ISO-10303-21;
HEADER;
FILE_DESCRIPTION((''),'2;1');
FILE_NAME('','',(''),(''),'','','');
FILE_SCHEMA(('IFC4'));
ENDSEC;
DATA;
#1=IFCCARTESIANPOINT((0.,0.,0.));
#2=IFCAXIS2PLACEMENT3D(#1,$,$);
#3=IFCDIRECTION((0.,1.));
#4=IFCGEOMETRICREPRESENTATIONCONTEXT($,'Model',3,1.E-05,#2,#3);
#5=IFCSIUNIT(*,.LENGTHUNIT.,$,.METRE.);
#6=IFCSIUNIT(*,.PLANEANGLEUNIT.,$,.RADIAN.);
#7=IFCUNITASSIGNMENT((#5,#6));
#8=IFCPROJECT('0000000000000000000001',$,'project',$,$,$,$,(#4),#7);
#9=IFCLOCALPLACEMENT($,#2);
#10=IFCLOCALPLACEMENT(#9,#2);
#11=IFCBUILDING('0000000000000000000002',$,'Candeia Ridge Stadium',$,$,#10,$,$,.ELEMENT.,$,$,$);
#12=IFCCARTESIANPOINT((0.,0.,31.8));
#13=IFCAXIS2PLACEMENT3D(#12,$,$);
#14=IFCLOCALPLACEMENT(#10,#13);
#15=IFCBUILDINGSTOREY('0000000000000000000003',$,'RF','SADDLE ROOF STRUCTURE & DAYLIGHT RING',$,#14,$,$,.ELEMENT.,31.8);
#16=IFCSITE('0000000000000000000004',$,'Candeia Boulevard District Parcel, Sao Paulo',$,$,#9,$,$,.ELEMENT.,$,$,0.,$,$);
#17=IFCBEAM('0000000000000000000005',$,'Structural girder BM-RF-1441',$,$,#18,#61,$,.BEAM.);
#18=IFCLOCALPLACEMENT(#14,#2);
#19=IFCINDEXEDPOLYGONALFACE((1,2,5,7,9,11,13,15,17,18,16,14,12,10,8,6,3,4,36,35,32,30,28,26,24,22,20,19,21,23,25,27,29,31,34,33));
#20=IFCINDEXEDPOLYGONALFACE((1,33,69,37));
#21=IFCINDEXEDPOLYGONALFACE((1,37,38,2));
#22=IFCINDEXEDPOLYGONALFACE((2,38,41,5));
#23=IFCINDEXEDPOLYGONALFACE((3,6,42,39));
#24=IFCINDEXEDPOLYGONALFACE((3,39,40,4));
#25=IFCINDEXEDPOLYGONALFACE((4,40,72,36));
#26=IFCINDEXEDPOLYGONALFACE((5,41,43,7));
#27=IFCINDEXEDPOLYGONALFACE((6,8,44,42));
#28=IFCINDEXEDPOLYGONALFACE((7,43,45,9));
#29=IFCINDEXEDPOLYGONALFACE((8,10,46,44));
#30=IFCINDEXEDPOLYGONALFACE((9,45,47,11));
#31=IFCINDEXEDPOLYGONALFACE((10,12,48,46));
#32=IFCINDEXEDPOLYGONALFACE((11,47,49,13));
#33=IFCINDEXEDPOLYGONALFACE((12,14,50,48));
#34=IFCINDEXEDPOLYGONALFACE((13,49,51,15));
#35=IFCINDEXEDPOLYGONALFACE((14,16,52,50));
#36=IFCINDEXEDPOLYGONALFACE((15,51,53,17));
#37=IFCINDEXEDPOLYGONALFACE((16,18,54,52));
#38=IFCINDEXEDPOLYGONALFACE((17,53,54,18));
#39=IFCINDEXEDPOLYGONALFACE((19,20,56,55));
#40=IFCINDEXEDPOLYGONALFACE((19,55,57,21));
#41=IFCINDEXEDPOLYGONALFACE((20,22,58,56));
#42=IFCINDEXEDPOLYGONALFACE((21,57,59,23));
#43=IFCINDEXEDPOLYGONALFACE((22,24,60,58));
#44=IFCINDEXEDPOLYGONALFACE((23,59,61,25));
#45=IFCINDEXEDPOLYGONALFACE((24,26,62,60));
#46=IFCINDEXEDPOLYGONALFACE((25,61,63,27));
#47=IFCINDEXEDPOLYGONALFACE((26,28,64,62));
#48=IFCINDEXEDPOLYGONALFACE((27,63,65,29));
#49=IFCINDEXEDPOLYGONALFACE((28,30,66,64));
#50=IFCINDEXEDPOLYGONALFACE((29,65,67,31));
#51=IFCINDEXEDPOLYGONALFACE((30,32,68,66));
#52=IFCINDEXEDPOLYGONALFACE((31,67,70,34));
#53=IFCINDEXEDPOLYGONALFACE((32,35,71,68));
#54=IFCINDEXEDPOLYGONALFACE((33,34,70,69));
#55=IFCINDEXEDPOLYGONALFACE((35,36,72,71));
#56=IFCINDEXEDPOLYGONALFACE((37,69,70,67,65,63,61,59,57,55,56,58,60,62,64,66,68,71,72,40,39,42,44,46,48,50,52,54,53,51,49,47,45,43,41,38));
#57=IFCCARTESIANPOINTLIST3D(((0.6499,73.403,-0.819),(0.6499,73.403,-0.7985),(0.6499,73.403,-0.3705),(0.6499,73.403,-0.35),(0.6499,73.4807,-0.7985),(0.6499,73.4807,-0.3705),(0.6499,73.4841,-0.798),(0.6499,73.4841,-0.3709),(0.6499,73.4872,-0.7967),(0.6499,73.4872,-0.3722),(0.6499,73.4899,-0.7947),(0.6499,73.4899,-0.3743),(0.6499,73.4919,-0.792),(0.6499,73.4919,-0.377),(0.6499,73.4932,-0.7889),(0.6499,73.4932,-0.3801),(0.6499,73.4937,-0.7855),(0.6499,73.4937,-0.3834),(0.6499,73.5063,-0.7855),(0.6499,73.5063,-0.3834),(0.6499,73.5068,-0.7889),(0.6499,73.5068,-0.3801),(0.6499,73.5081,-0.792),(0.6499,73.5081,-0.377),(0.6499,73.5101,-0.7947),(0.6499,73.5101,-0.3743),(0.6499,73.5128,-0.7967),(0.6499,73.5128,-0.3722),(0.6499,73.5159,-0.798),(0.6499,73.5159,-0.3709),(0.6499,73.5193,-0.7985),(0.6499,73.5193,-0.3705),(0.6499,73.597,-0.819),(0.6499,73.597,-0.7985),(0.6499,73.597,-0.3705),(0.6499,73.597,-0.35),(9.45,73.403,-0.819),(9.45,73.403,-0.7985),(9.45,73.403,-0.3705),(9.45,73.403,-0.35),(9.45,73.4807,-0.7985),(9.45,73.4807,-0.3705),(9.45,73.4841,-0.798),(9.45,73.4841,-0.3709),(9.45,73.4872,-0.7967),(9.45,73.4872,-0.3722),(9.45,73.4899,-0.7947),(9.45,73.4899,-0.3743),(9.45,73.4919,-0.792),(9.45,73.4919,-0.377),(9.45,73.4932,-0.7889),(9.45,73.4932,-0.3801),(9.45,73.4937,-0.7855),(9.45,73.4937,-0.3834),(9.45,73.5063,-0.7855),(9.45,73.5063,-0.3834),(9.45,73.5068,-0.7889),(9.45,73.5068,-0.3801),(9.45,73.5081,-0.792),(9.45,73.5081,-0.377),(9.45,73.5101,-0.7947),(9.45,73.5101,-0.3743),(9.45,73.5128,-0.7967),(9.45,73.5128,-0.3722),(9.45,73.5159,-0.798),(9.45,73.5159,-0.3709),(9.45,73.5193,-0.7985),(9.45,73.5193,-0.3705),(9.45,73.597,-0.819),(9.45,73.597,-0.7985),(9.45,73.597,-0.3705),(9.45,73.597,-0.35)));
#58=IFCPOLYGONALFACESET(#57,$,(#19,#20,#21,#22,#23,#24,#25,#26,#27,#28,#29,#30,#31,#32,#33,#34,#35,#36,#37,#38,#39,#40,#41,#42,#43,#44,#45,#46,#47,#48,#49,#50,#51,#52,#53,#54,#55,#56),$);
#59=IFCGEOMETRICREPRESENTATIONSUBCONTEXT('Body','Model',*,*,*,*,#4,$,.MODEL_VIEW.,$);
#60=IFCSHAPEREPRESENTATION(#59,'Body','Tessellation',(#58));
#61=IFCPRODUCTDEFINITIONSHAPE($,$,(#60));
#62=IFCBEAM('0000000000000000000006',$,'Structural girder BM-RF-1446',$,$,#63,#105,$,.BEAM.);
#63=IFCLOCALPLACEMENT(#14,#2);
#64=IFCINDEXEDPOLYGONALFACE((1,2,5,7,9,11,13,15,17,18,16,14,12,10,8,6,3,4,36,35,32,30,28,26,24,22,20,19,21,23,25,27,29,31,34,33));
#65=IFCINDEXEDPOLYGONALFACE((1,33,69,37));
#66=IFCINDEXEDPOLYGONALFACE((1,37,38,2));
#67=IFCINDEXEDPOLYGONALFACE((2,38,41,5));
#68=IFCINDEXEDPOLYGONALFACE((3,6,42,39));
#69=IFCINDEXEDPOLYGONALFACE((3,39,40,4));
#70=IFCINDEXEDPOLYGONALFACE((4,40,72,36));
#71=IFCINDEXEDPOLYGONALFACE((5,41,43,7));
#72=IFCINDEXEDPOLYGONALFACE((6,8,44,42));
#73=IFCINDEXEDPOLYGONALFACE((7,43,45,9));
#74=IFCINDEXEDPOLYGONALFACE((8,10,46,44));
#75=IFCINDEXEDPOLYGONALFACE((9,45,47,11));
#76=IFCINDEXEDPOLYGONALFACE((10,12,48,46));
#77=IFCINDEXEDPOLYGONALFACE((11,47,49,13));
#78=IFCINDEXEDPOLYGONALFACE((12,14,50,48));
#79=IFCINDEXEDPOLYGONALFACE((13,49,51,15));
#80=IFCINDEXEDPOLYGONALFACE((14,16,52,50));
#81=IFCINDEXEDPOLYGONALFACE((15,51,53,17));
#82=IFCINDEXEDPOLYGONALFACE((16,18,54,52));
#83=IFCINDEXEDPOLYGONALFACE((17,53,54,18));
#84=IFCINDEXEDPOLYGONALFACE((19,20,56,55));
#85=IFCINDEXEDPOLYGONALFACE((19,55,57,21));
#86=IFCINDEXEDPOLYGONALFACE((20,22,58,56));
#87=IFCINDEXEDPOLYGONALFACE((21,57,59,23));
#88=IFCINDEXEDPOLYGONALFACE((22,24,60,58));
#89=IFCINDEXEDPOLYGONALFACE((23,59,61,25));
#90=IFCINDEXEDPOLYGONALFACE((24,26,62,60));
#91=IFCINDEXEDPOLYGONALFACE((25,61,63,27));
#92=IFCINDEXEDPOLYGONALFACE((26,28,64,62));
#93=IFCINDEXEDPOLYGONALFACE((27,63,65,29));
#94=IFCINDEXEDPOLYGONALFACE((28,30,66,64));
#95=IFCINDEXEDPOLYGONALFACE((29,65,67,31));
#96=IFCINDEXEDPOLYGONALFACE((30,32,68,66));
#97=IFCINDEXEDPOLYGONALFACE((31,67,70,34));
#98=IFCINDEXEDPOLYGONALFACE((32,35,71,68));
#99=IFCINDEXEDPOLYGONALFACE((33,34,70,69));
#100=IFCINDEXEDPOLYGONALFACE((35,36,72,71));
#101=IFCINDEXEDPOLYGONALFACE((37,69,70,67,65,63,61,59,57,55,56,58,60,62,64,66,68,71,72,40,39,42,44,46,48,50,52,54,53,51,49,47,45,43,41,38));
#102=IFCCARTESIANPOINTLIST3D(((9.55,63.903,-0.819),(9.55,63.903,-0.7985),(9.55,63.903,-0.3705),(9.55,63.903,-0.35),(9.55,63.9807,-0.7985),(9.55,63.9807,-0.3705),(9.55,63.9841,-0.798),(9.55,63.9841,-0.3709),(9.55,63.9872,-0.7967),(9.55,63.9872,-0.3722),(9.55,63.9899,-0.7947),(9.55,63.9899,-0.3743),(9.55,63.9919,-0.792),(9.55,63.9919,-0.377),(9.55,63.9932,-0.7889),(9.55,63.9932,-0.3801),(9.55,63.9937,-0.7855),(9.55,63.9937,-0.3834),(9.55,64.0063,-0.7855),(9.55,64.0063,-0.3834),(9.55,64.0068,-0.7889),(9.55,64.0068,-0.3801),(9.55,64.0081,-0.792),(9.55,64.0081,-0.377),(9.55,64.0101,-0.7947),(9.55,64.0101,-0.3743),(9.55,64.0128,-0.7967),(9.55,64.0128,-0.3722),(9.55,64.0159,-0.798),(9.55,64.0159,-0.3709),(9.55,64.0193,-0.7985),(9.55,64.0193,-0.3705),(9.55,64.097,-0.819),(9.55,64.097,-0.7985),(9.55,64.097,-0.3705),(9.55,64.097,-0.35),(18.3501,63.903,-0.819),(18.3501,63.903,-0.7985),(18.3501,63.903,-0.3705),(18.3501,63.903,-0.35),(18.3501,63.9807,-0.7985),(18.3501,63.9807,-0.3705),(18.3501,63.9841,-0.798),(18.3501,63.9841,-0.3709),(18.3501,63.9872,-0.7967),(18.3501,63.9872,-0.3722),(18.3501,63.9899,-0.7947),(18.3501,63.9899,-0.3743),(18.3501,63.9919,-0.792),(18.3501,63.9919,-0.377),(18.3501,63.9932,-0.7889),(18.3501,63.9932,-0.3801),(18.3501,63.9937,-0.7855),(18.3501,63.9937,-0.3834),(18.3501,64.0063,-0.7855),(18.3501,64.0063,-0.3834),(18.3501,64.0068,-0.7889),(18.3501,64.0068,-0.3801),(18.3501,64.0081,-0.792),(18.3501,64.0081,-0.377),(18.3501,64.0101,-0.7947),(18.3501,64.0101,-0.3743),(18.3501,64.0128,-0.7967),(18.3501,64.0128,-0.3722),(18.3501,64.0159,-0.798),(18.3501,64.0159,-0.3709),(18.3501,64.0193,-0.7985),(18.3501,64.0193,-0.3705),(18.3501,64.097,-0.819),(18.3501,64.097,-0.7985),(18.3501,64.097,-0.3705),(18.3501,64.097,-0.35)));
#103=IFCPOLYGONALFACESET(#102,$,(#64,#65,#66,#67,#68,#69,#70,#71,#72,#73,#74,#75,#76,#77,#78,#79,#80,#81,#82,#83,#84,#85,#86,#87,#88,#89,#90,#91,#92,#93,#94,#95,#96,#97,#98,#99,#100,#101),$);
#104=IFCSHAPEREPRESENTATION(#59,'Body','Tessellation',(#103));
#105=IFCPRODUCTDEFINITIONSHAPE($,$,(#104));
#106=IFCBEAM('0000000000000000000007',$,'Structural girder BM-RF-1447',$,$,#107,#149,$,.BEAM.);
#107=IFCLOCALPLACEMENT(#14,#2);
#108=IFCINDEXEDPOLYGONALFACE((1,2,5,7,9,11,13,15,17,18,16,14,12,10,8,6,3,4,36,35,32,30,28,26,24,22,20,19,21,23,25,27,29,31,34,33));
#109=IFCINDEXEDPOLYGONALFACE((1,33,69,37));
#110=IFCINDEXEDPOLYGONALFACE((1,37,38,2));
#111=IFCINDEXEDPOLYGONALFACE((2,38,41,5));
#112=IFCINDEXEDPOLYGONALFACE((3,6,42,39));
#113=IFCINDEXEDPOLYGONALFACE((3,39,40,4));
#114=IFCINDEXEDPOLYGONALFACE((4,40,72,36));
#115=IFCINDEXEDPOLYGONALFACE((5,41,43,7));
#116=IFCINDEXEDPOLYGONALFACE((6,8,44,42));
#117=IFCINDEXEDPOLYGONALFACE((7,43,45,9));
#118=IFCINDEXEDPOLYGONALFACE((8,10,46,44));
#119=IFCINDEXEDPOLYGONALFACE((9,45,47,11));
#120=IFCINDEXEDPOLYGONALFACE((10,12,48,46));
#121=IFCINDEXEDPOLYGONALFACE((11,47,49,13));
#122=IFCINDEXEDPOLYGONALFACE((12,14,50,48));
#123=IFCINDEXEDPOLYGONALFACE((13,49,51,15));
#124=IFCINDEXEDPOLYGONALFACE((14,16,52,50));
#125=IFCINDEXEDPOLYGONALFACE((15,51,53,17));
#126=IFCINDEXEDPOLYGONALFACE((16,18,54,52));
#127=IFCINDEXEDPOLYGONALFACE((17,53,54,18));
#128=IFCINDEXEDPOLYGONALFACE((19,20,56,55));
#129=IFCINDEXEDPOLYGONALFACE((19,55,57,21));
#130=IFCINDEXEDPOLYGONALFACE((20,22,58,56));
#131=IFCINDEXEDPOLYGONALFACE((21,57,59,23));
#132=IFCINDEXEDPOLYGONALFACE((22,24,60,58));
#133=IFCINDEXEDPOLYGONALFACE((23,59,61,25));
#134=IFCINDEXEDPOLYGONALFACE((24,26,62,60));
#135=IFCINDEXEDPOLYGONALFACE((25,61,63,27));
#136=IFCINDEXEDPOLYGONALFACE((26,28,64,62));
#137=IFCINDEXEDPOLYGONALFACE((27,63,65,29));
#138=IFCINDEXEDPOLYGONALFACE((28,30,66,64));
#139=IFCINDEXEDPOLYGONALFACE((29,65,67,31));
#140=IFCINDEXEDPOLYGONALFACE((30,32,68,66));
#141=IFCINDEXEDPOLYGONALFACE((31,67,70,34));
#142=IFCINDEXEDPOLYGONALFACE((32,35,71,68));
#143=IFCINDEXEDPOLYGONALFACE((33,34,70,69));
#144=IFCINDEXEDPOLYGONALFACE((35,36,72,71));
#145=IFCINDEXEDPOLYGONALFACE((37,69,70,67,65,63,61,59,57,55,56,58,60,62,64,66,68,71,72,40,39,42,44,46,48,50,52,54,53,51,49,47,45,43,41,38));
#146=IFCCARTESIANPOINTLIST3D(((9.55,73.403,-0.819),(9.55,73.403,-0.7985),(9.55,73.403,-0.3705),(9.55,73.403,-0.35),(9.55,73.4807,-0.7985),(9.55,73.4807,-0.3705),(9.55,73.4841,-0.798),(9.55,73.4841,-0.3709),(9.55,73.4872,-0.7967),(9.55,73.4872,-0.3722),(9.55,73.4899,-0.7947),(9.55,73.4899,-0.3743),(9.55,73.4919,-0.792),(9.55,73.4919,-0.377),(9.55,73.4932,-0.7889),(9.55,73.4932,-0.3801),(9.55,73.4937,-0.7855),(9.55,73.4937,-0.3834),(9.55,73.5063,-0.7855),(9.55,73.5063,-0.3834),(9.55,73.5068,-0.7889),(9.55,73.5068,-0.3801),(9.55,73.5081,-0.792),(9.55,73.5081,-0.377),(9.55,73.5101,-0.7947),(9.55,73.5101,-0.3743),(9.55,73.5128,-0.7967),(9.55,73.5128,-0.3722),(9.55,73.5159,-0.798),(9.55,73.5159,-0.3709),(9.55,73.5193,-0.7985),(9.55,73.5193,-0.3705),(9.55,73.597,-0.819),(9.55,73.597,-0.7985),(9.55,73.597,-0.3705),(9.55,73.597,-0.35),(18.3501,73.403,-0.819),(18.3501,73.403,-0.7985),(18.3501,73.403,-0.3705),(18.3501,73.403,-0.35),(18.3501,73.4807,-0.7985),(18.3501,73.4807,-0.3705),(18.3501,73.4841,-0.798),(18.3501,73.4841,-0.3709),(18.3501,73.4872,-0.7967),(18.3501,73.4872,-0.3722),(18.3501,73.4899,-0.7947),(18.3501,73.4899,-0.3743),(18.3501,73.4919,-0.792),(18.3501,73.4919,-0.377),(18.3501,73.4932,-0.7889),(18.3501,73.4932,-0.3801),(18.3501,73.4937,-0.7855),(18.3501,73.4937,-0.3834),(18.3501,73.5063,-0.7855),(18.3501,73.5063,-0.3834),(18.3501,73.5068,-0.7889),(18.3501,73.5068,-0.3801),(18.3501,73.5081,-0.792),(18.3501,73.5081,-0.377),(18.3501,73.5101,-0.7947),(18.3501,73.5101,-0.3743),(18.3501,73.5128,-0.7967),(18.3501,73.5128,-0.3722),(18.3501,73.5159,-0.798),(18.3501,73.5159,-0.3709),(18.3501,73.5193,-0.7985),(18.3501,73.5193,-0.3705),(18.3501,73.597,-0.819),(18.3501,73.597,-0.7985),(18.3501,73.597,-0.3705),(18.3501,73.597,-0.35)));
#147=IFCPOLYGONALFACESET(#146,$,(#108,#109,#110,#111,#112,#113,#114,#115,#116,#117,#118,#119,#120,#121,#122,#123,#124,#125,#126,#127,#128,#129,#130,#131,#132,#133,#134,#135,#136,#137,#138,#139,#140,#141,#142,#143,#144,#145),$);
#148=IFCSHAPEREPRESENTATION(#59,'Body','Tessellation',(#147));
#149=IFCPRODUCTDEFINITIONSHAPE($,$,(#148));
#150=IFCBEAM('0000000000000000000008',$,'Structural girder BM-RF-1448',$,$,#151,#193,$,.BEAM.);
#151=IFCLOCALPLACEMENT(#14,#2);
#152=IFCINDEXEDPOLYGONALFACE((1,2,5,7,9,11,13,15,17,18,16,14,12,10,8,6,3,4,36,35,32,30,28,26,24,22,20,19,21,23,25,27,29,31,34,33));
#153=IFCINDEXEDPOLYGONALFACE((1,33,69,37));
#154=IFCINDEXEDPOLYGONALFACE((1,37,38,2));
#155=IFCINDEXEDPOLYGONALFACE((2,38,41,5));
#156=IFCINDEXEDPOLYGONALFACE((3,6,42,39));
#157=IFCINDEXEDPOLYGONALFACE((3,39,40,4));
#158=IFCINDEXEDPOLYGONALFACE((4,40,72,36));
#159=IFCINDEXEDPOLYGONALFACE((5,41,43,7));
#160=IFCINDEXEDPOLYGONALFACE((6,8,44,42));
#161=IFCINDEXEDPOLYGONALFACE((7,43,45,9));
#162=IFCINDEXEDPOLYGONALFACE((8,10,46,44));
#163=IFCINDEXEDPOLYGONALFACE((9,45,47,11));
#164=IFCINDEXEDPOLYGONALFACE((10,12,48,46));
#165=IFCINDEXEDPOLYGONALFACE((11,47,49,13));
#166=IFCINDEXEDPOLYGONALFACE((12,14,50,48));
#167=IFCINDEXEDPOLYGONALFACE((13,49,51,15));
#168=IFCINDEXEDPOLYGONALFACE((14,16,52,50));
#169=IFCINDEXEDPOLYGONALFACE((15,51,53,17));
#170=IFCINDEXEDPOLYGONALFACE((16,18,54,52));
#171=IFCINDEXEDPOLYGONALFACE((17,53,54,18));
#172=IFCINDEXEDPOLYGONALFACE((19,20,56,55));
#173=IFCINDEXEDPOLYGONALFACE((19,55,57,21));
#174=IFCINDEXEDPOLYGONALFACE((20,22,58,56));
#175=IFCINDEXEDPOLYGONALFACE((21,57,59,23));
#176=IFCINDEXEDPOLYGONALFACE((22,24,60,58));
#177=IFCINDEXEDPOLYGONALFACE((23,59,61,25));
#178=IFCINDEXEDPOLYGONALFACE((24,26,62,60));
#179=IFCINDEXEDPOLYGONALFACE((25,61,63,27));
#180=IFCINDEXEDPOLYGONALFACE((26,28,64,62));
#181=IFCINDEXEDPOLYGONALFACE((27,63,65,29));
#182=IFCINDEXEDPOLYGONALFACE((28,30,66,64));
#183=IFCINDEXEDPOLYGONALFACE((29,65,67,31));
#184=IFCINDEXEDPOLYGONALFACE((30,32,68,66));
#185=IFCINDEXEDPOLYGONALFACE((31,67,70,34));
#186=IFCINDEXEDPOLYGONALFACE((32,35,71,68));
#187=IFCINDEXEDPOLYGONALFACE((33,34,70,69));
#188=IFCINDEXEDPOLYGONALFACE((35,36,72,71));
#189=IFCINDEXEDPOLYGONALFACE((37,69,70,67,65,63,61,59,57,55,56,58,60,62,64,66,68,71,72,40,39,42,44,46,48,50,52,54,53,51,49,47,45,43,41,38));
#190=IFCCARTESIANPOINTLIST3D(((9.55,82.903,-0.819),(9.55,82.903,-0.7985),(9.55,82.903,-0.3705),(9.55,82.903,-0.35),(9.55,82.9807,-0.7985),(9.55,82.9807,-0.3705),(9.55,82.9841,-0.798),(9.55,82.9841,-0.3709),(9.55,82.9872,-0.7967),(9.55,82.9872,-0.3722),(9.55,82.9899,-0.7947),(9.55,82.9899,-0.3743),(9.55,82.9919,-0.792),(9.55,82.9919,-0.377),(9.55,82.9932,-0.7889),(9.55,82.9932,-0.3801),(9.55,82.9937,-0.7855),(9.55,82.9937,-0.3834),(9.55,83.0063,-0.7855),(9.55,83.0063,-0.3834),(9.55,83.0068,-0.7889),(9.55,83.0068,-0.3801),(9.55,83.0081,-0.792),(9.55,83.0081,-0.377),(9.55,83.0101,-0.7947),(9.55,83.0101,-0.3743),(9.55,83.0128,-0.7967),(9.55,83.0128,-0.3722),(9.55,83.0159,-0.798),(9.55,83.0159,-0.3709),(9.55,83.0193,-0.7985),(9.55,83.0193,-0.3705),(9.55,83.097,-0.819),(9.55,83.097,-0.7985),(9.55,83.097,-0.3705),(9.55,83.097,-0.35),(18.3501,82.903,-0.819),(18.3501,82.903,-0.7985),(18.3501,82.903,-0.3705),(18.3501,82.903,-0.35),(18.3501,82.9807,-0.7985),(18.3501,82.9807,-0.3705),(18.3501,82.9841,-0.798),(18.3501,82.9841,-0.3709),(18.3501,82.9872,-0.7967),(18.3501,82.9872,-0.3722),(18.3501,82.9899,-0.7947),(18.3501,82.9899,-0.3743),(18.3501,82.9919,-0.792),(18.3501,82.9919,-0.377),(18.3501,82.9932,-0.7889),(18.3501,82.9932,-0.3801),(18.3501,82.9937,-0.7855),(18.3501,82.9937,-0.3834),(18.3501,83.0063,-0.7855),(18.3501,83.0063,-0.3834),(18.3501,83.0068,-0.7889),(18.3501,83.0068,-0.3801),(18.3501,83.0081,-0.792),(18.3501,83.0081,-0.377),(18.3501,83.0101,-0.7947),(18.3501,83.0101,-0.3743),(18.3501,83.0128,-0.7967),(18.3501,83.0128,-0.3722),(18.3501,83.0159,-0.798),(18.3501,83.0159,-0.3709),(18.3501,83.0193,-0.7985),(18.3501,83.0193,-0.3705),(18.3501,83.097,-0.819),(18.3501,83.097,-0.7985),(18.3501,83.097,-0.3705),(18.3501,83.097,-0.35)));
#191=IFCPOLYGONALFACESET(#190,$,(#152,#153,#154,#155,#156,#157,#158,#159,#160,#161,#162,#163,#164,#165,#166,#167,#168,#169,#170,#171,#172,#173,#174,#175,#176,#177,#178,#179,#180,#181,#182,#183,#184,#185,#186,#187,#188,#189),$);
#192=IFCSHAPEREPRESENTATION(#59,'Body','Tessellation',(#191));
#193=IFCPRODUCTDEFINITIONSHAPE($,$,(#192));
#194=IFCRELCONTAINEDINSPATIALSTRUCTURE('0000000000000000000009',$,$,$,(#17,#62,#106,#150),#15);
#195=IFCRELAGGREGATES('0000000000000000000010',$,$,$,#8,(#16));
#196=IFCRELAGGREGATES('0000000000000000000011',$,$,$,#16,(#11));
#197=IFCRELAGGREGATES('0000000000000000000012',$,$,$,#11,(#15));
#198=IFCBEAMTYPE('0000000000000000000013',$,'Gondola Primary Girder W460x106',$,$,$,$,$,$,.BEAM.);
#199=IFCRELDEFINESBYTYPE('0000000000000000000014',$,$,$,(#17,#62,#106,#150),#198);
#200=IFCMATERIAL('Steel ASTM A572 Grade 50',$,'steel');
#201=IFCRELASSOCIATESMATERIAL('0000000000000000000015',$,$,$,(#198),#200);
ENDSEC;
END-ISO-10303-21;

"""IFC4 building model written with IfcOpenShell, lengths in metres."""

from ifc_helpers import new_model, si_unit, direction, frame, origin, origin_2d, place, context, subcontext, project, spatial, i_section, extrude, material, material_profile, profile_set, type_object, element, save


model = new_model("IFC4")

# Units and contexts
model_context = context("Model", 3, precision=1e-05, world=origin(), true_north=direction((0.0, 1.0)))
body_context = subcontext(model_context, "Body", "Model", "MODEL_VIEW")
ifc_project = project(units=[si_unit("LENGTHUNIT", "METRE"), si_unit("PLANEANGLEUNIT", "RADIAN")], contexts=[model_context])

# Site, building, storey
site_placement = place(None, origin())
site = spatial("IfcSite", under=ifc_project, at=site_placement, Name="Candeia Boulevard District Parcel, Sao Paulo", CompositionType="ELEMENT", RefElevation=0.0)
building_placement = place(site_placement, origin())
building = spatial("IfcBuilding", under=site, at=building_placement, Name="Candeia Ridge Stadium", CompositionType="ELEMENT")
storey_placement = place(building_placement, frame((0.0, 0.0, 31.8)))
storey = spatial("IfcBuildingStorey", under=building, at=storey_placement, Name="RF", Description="SADDLE ROOF STRUCTURE & DAYLIGHT RING", CompositionType="ELEMENT", Elevation=31.8)

# Beams
ifc_material_1 = material(Name="Steel ASTM A572 Grade 50", Category="steel")
ifc_material_profile_1 = material_profile(ifc_material_1, i_section(OverallWidth=0.1941, OverallDepth=0.469, WebThickness=0.0127, FlangeThickness=0.0205, FilletRadius=0.0129, at=origin_2d()), Name="W460x106", Category="steel")
ifc_profile_set_1 = profile_set([ifc_material_profile_1], Name="Steel ASTM A572 Grade 50")
beam_type_1 = type_object("IfcBeamType", Name="Gondola Primary Girder W460x106", PredefinedType="BEAM", material=ifc_profile_set_1)
for number, where, z_axis, x_axis, name in (
    (1, (0.6499, 73.5, -0.5845), (1.0, 0.0, 0.0), (0.0, 1.0, 0.0), "Structural girder BM-RF-1441"),
    (2, (9.55, 64.0, -0.5845), (1.0, 0.0, 0.0), (0.0, 1.0, 0.0), "Structural girder BM-RF-1446"),
    (3, (9.55, 73.5, -0.5845), (1.0, 0.0, 0.0), (0.0, 1.0, 0.0), "Structural girder BM-RF-1447"),
    (4, (9.55, 83.0, -0.5845), (1.0, 0.0, 0.0), (0.0, 1.0, 0.0), "Structural girder BM-RF-1448"),
):
    element("IfcBeam", number, at=place(storey_placement, frame(where, z_axis=z_axis, x_axis=x_axis)), inside=storey, type_object=beam_type_1, Name=name, PredefinedType="BEAM", context=body_context, shape_type="SweptSolid", body=[
        extrude(i_section(OverallWidth=0.1941, OverallDepth=0.469, WebThickness=0.0127, FlangeThickness=0.0205, FilletRadius=0.0129, at=origin_2d()), origin(), (0.0, 0.0, 1.0), 8.8),
    ])

save(model, "model.ifc")
